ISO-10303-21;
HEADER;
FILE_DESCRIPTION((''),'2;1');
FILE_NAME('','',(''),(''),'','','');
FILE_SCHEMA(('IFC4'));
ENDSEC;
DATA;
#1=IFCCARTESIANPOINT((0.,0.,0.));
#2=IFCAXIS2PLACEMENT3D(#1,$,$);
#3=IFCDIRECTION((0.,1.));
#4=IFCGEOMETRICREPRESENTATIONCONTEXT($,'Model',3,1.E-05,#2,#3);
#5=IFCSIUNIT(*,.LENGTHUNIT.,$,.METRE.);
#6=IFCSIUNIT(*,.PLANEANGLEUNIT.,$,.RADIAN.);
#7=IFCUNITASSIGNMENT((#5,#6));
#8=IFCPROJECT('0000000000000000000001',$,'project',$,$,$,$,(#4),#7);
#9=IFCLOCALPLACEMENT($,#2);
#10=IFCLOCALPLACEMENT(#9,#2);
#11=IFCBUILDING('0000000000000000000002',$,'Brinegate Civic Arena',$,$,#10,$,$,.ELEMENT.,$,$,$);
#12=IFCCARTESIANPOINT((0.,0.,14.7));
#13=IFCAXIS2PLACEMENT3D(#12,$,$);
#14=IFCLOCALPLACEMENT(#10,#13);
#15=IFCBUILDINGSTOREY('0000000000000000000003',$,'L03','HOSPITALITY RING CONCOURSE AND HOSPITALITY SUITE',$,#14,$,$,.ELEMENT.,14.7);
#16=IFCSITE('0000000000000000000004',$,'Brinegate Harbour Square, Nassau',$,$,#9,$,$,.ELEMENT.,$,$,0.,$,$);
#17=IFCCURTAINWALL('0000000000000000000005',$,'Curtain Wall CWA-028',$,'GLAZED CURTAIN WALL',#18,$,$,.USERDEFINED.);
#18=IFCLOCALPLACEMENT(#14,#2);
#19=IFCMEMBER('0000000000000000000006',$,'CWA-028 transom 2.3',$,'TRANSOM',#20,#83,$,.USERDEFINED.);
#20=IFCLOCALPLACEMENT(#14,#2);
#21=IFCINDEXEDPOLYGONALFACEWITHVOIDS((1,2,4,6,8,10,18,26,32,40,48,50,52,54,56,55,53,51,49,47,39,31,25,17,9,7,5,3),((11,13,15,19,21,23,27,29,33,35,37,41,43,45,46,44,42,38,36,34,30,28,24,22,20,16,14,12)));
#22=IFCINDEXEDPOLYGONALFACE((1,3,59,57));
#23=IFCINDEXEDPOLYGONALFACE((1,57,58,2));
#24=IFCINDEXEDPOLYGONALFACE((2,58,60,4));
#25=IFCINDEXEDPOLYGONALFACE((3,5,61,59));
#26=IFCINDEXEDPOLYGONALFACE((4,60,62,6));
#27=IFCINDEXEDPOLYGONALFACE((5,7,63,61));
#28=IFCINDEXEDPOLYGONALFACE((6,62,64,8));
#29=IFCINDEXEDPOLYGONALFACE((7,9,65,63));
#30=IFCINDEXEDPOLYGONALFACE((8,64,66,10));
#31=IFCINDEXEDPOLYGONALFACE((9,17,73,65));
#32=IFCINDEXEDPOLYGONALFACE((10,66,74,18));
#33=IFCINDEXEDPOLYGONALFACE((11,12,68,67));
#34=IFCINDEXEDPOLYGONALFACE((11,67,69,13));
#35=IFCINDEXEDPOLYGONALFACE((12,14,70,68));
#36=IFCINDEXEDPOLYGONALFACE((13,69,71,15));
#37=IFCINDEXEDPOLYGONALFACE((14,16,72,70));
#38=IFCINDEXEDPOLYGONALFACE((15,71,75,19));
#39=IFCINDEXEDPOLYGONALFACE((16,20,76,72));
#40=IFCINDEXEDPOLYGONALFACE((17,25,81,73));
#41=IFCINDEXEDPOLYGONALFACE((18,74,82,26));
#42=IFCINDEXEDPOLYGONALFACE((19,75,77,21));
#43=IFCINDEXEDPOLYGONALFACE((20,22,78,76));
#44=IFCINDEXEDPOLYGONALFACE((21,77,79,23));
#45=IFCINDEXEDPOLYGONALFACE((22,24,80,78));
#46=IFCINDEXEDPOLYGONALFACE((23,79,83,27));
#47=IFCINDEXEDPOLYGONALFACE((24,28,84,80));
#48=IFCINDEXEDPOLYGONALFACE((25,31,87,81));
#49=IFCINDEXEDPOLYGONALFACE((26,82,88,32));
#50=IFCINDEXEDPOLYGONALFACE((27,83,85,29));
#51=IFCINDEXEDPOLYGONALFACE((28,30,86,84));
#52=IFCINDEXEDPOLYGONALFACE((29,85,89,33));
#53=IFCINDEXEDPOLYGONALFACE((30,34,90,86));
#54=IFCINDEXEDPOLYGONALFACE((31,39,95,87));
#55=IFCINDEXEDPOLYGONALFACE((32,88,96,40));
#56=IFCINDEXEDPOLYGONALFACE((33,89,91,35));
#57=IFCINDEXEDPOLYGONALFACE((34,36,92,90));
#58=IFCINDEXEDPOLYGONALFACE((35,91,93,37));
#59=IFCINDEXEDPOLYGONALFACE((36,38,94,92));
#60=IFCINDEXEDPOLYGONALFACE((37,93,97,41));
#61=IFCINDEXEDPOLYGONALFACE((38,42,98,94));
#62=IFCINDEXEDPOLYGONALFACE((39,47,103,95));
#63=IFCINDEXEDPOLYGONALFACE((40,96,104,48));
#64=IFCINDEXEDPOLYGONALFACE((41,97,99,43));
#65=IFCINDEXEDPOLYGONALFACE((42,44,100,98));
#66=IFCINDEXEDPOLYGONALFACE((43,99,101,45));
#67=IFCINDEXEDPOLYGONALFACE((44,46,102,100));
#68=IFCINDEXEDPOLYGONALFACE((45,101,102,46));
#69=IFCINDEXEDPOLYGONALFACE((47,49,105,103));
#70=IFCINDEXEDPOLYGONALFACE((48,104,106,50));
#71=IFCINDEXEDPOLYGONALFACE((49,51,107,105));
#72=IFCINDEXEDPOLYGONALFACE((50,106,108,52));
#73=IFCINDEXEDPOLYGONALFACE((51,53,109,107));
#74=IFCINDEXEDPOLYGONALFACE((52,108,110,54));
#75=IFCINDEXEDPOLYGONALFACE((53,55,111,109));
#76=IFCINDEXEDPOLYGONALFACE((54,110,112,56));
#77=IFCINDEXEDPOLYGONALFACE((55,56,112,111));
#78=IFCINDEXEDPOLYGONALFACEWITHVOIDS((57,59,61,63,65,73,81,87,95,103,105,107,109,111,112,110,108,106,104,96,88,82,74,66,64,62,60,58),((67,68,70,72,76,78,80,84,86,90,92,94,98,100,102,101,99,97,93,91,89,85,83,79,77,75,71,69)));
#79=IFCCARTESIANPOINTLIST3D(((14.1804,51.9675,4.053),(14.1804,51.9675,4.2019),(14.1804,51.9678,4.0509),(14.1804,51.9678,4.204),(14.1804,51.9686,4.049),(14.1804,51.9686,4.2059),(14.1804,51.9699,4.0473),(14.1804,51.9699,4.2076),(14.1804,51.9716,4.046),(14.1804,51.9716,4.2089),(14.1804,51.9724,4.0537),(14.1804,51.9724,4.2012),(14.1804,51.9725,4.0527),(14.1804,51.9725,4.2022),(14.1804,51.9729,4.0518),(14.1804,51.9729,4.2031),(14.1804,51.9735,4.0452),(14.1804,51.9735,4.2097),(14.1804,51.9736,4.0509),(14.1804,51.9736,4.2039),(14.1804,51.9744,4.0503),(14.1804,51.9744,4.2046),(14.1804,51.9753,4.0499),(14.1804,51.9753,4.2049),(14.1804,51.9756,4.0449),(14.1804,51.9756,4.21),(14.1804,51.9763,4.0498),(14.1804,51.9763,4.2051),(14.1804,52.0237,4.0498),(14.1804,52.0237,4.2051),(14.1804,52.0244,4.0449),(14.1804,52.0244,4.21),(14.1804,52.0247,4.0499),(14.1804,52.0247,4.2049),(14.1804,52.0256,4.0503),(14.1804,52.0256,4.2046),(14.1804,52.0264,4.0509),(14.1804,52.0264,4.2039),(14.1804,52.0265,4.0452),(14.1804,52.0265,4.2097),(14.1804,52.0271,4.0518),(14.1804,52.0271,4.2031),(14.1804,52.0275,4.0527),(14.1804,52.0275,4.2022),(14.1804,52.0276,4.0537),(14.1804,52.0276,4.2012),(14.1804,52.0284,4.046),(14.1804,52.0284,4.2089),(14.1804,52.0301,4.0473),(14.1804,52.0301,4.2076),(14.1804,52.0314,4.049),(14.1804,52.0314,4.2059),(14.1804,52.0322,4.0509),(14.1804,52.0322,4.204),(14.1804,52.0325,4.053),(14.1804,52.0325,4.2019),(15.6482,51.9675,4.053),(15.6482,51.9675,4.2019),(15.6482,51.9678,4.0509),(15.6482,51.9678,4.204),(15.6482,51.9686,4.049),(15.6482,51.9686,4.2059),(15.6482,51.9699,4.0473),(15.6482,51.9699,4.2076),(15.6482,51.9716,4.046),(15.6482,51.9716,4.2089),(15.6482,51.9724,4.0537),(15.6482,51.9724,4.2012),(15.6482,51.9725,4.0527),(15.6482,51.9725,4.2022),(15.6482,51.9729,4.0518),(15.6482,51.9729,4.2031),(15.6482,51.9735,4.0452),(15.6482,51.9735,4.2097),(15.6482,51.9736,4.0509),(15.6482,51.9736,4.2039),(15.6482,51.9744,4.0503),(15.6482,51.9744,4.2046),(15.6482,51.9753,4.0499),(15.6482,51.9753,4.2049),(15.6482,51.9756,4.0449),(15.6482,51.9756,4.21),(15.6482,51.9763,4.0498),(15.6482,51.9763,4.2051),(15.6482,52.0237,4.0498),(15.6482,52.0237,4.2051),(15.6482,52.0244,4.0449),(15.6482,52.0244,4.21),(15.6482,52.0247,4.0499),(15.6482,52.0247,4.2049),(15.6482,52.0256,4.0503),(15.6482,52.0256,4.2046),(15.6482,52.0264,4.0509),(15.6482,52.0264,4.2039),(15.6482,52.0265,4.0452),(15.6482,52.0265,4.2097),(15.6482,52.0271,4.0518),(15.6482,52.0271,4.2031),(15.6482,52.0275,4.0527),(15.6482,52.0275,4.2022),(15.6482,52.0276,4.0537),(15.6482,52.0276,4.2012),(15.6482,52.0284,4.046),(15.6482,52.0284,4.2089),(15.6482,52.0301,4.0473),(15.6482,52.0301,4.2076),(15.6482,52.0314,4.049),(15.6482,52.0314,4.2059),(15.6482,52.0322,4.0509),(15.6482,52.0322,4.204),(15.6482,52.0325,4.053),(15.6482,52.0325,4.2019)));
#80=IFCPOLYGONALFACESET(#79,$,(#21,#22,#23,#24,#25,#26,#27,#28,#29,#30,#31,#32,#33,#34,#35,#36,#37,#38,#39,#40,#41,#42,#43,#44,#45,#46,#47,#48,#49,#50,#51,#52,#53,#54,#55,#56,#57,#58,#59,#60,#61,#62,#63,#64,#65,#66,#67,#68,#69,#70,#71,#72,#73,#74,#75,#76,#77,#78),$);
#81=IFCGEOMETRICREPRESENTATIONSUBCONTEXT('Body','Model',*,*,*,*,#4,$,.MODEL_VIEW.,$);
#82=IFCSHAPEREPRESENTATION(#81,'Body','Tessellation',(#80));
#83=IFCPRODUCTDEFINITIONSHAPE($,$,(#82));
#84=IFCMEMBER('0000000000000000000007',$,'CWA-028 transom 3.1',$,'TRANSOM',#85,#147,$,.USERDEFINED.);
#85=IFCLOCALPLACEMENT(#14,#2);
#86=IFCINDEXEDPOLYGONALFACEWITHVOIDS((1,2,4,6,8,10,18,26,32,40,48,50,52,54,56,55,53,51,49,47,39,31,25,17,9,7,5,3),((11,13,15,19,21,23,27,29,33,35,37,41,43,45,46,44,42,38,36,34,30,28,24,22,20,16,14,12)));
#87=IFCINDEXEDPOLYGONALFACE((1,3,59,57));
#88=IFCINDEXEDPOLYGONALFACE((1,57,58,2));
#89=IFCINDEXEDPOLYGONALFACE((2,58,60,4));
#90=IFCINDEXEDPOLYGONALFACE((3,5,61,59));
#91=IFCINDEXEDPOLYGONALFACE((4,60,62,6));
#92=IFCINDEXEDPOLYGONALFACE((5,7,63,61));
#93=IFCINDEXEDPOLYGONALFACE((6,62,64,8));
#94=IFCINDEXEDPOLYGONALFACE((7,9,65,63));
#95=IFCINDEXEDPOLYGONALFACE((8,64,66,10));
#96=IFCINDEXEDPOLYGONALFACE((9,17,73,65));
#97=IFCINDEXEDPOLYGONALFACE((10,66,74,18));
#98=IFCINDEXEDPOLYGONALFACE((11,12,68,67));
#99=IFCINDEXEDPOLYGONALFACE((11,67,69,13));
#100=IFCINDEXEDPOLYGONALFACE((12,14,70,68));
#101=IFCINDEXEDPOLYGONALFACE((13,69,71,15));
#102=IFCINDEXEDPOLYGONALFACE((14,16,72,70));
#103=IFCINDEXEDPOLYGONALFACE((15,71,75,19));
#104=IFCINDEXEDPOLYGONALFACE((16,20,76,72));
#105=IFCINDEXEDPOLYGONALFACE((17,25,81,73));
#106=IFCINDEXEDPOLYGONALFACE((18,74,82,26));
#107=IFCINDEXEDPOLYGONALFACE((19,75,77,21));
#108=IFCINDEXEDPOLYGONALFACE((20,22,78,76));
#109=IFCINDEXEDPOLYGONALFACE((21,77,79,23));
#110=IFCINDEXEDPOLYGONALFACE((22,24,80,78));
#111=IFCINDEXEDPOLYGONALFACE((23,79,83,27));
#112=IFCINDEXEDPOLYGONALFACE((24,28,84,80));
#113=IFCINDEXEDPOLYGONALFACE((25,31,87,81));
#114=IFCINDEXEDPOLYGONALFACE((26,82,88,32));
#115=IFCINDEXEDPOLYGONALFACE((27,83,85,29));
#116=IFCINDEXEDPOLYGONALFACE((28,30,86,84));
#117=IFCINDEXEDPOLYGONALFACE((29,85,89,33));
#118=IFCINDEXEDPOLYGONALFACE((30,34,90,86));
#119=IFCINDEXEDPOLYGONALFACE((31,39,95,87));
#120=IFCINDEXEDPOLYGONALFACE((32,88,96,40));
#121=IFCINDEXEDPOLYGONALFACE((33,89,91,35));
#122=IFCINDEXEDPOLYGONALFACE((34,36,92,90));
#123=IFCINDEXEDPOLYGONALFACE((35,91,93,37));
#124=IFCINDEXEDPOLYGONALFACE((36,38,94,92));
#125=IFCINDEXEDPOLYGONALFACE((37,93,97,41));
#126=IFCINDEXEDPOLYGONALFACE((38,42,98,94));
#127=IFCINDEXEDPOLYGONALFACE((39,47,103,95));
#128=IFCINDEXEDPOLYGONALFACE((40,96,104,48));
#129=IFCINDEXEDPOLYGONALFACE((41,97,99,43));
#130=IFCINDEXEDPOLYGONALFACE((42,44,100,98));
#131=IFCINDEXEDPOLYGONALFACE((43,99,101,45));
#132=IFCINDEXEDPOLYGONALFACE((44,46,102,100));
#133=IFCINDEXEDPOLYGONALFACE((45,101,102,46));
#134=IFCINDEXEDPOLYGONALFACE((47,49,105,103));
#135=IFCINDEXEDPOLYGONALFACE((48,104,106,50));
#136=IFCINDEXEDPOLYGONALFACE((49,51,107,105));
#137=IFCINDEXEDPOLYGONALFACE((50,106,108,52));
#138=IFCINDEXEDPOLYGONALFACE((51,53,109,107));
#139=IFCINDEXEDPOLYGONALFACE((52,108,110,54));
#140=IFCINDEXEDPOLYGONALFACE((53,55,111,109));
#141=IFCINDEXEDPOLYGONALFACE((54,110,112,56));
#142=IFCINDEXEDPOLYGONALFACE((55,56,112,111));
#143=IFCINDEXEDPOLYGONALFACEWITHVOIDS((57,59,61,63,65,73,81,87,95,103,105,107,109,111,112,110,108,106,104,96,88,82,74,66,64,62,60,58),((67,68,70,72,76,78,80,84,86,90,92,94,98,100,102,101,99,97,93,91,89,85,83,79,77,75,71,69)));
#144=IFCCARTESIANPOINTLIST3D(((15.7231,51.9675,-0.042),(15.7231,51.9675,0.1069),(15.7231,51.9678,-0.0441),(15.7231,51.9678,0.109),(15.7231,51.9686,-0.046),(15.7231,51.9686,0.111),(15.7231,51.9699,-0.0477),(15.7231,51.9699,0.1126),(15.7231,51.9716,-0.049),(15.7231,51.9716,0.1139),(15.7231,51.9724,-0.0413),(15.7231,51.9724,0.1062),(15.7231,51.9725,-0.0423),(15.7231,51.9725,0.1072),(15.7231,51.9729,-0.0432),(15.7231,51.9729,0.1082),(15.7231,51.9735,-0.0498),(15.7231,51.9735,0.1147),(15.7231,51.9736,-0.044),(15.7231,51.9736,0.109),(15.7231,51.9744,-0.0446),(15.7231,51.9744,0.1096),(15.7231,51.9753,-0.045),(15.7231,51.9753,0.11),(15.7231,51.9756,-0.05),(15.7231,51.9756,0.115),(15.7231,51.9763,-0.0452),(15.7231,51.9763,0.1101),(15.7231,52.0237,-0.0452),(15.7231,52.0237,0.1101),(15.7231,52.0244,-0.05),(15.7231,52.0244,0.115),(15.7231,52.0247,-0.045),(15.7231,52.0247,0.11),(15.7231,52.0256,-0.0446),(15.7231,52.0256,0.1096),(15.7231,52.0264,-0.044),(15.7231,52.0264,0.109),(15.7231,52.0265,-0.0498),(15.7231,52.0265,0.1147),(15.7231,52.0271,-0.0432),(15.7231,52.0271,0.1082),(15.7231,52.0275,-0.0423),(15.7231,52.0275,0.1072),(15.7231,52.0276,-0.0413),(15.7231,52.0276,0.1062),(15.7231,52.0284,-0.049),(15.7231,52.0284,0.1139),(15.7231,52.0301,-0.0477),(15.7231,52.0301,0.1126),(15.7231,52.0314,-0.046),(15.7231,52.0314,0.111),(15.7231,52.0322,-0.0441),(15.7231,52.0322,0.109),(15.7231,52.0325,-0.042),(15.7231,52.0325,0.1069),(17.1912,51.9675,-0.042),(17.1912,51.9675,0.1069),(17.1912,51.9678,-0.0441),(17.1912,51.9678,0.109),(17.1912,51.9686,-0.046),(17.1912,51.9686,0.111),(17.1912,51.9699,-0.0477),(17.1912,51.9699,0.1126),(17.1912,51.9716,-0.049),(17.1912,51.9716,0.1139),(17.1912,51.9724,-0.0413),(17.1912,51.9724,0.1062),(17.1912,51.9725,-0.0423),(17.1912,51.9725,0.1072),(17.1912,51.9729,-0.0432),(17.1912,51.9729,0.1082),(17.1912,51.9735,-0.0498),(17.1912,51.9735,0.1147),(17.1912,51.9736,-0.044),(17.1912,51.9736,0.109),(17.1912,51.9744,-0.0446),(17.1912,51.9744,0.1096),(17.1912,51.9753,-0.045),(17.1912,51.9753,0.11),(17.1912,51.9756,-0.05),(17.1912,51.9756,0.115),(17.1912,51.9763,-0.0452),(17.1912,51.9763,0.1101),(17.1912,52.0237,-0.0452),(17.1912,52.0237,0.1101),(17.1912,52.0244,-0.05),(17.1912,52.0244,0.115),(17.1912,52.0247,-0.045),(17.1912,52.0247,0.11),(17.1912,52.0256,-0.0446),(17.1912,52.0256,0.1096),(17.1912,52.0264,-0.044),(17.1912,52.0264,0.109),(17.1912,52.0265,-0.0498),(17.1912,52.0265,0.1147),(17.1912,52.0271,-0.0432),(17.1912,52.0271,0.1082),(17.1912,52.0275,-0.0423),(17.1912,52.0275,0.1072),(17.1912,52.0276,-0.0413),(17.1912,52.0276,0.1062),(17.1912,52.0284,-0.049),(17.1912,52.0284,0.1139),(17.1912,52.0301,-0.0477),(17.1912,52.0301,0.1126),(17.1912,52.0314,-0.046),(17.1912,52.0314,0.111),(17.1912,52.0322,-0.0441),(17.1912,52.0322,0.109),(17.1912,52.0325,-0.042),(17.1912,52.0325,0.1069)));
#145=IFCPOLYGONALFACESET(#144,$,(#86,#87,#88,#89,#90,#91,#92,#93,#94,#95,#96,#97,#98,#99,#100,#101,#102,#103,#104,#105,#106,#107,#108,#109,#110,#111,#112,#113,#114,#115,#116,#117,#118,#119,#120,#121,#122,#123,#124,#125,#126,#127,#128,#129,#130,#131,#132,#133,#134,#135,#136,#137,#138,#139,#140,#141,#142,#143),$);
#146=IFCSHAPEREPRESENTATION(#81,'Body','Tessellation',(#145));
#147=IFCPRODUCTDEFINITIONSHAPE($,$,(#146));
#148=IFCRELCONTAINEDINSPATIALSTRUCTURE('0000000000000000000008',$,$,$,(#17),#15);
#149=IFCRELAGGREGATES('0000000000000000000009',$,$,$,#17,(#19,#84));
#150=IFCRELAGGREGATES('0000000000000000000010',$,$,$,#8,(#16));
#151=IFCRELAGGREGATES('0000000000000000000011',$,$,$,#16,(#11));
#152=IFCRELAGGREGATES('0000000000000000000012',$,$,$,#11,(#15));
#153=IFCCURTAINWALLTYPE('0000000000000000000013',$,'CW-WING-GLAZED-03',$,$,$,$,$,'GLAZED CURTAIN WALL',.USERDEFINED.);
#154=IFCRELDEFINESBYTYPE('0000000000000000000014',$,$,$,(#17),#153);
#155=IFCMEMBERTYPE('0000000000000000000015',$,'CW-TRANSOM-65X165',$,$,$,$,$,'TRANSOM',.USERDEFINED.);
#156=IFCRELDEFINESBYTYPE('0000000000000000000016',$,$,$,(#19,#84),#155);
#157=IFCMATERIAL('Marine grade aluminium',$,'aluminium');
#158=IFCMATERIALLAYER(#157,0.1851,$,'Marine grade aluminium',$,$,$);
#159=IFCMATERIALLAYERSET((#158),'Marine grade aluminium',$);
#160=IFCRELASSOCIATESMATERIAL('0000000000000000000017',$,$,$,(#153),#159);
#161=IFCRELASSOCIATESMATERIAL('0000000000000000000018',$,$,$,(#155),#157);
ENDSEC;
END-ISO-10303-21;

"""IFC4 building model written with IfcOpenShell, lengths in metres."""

from ifc_helpers import new_model, si_unit, direction, frame, origin, origin_2d, place, context, subcontext, project, spatial, hollow_rectangle, extrude, material, layer, layer_set, material_profile, profile_set, type_object, element, aggregate, save


model = new_model("IFC4")

# Units and contexts
model_context = context("Model", 3, precision=1e-05, world=origin(), true_north=direction((0.0, 1.0)))
body_context = subcontext(model_context, "Body", "Model", "MODEL_VIEW")
ifc_project = project(units=[si_unit("LENGTHUNIT", "METRE"), si_unit("PLANEANGLEUNIT", "RADIAN")], contexts=[model_context])

# Site, building, storey
site_placement = place(None, origin())
site = spatial("IfcSite", under=ifc_project, at=site_placement, Name="Brinegate Harbour Square, Nassau", CompositionType="ELEMENT", RefElevation=0.0)
building_placement = place(site_placement, origin())
building = spatial("IfcBuilding", under=site, at=building_placement, Name="Brinegate Civic Arena", CompositionType="ELEMENT")
storey_placement = place(building_placement, frame((0.0, 0.0, 14.7)))
storey = spatial("IfcBuildingStorey", under=building, at=storey_placement, Name="L03", Description="HOSPITALITY RING CONCOURSE AND HOSPITALITY SUITE", CompositionType="ELEMENT", Elevation=14.7)

# Curtain wall, members
ifc_material_1 = material(Name="Marine grade aluminium", Category="aluminium")
ifc_layer_1 = layer(ifc_material_1, 0.1851, Name="Marine grade aluminium")
ifc_layer_set_1 = layer_set([ifc_layer_1], Name="Marine grade aluminium")
curtain_wall_type = type_object("IfcCurtainWallType", Name="CW-WING-GLAZED-03", ElementType="GLAZED CURTAIN WALL", PredefinedType="USERDEFINED", material=ifc_layer_set_1)
curtain_wall_placement = place(storey_placement, origin())
curtain_wall = element("IfcCurtainWall", 1, at=curtain_wall_placement, inside=storey, type_object=curtain_wall_type, Name="Curtain Wall CWA-028", ObjectType="GLAZED CURTAIN WALL", PredefinedType="USERDEFINED")
ifc_material_profile_1 = material_profile(ifc_material_1, hollow_rectangle(XDim=0.0649, YDim=0.165, WallThickness=0.0049, InnerFilletRadius=0.0039, OuterFilletRadius=0.0081, at=origin_2d()), Name="TRN65X165")
ifc_profile_set_1 = profile_set([ifc_material_profile_1], Name="Marine grade aluminium")
member_type_1 = type_object("IfcMemberType", Name="CW-TRANSOM-65X165", ElementType="TRANSOM", PredefinedType="USERDEFINED", material=ifc_profile_set_1)
member_1_placement = place(storey_placement, frame((14.1804, 52.0, 4.1274), z_axis=(1.0, 0.0, 0.0), x_axis=(0.0, 1.0, 0.0)))
member_1 = element("IfcMember", 2, at=member_1_placement, type_object=member_type_1, Name="CWA-028 transom 2.3", ObjectType="TRANSOM", PredefinedType="USERDEFINED", context=body_context, shape_type="SweptSolid", body=[
    extrude(hollow_rectangle(XDim=0.0649, YDim=0.165, WallThickness=0.0049, InnerFilletRadius=0.0039, OuterFilletRadius=0.0081, at=origin_2d()), origin(), (0.0, 0.0, 1.0), 1.4678),
])
member_2_placement = place(storey_placement, frame((15.7231, 52.0, 0.0325), z_axis=(1.0, 0.0, 0.0), x_axis=(0.0, 1.0, 0.0)))
member_2 = element("IfcMember", 3, at=member_2_placement, type_object=member_type_1, Name="CWA-028 transom 3.1", ObjectType="TRANSOM", PredefinedType="USERDEFINED", context=body_context, shape_type="SweptSolid", body=[
    extrude(hollow_rectangle(XDim=0.0649, YDim=0.165, WallThickness=0.0049, InnerFilletRadius=0.0039, OuterFilletRadius=0.0081, at=origin_2d()), origin(), (0.0, 0.0, 1.0), 1.468),
])

aggregate(curtain_wall, [member_1, member_2])

save(model, "model.ifc")
